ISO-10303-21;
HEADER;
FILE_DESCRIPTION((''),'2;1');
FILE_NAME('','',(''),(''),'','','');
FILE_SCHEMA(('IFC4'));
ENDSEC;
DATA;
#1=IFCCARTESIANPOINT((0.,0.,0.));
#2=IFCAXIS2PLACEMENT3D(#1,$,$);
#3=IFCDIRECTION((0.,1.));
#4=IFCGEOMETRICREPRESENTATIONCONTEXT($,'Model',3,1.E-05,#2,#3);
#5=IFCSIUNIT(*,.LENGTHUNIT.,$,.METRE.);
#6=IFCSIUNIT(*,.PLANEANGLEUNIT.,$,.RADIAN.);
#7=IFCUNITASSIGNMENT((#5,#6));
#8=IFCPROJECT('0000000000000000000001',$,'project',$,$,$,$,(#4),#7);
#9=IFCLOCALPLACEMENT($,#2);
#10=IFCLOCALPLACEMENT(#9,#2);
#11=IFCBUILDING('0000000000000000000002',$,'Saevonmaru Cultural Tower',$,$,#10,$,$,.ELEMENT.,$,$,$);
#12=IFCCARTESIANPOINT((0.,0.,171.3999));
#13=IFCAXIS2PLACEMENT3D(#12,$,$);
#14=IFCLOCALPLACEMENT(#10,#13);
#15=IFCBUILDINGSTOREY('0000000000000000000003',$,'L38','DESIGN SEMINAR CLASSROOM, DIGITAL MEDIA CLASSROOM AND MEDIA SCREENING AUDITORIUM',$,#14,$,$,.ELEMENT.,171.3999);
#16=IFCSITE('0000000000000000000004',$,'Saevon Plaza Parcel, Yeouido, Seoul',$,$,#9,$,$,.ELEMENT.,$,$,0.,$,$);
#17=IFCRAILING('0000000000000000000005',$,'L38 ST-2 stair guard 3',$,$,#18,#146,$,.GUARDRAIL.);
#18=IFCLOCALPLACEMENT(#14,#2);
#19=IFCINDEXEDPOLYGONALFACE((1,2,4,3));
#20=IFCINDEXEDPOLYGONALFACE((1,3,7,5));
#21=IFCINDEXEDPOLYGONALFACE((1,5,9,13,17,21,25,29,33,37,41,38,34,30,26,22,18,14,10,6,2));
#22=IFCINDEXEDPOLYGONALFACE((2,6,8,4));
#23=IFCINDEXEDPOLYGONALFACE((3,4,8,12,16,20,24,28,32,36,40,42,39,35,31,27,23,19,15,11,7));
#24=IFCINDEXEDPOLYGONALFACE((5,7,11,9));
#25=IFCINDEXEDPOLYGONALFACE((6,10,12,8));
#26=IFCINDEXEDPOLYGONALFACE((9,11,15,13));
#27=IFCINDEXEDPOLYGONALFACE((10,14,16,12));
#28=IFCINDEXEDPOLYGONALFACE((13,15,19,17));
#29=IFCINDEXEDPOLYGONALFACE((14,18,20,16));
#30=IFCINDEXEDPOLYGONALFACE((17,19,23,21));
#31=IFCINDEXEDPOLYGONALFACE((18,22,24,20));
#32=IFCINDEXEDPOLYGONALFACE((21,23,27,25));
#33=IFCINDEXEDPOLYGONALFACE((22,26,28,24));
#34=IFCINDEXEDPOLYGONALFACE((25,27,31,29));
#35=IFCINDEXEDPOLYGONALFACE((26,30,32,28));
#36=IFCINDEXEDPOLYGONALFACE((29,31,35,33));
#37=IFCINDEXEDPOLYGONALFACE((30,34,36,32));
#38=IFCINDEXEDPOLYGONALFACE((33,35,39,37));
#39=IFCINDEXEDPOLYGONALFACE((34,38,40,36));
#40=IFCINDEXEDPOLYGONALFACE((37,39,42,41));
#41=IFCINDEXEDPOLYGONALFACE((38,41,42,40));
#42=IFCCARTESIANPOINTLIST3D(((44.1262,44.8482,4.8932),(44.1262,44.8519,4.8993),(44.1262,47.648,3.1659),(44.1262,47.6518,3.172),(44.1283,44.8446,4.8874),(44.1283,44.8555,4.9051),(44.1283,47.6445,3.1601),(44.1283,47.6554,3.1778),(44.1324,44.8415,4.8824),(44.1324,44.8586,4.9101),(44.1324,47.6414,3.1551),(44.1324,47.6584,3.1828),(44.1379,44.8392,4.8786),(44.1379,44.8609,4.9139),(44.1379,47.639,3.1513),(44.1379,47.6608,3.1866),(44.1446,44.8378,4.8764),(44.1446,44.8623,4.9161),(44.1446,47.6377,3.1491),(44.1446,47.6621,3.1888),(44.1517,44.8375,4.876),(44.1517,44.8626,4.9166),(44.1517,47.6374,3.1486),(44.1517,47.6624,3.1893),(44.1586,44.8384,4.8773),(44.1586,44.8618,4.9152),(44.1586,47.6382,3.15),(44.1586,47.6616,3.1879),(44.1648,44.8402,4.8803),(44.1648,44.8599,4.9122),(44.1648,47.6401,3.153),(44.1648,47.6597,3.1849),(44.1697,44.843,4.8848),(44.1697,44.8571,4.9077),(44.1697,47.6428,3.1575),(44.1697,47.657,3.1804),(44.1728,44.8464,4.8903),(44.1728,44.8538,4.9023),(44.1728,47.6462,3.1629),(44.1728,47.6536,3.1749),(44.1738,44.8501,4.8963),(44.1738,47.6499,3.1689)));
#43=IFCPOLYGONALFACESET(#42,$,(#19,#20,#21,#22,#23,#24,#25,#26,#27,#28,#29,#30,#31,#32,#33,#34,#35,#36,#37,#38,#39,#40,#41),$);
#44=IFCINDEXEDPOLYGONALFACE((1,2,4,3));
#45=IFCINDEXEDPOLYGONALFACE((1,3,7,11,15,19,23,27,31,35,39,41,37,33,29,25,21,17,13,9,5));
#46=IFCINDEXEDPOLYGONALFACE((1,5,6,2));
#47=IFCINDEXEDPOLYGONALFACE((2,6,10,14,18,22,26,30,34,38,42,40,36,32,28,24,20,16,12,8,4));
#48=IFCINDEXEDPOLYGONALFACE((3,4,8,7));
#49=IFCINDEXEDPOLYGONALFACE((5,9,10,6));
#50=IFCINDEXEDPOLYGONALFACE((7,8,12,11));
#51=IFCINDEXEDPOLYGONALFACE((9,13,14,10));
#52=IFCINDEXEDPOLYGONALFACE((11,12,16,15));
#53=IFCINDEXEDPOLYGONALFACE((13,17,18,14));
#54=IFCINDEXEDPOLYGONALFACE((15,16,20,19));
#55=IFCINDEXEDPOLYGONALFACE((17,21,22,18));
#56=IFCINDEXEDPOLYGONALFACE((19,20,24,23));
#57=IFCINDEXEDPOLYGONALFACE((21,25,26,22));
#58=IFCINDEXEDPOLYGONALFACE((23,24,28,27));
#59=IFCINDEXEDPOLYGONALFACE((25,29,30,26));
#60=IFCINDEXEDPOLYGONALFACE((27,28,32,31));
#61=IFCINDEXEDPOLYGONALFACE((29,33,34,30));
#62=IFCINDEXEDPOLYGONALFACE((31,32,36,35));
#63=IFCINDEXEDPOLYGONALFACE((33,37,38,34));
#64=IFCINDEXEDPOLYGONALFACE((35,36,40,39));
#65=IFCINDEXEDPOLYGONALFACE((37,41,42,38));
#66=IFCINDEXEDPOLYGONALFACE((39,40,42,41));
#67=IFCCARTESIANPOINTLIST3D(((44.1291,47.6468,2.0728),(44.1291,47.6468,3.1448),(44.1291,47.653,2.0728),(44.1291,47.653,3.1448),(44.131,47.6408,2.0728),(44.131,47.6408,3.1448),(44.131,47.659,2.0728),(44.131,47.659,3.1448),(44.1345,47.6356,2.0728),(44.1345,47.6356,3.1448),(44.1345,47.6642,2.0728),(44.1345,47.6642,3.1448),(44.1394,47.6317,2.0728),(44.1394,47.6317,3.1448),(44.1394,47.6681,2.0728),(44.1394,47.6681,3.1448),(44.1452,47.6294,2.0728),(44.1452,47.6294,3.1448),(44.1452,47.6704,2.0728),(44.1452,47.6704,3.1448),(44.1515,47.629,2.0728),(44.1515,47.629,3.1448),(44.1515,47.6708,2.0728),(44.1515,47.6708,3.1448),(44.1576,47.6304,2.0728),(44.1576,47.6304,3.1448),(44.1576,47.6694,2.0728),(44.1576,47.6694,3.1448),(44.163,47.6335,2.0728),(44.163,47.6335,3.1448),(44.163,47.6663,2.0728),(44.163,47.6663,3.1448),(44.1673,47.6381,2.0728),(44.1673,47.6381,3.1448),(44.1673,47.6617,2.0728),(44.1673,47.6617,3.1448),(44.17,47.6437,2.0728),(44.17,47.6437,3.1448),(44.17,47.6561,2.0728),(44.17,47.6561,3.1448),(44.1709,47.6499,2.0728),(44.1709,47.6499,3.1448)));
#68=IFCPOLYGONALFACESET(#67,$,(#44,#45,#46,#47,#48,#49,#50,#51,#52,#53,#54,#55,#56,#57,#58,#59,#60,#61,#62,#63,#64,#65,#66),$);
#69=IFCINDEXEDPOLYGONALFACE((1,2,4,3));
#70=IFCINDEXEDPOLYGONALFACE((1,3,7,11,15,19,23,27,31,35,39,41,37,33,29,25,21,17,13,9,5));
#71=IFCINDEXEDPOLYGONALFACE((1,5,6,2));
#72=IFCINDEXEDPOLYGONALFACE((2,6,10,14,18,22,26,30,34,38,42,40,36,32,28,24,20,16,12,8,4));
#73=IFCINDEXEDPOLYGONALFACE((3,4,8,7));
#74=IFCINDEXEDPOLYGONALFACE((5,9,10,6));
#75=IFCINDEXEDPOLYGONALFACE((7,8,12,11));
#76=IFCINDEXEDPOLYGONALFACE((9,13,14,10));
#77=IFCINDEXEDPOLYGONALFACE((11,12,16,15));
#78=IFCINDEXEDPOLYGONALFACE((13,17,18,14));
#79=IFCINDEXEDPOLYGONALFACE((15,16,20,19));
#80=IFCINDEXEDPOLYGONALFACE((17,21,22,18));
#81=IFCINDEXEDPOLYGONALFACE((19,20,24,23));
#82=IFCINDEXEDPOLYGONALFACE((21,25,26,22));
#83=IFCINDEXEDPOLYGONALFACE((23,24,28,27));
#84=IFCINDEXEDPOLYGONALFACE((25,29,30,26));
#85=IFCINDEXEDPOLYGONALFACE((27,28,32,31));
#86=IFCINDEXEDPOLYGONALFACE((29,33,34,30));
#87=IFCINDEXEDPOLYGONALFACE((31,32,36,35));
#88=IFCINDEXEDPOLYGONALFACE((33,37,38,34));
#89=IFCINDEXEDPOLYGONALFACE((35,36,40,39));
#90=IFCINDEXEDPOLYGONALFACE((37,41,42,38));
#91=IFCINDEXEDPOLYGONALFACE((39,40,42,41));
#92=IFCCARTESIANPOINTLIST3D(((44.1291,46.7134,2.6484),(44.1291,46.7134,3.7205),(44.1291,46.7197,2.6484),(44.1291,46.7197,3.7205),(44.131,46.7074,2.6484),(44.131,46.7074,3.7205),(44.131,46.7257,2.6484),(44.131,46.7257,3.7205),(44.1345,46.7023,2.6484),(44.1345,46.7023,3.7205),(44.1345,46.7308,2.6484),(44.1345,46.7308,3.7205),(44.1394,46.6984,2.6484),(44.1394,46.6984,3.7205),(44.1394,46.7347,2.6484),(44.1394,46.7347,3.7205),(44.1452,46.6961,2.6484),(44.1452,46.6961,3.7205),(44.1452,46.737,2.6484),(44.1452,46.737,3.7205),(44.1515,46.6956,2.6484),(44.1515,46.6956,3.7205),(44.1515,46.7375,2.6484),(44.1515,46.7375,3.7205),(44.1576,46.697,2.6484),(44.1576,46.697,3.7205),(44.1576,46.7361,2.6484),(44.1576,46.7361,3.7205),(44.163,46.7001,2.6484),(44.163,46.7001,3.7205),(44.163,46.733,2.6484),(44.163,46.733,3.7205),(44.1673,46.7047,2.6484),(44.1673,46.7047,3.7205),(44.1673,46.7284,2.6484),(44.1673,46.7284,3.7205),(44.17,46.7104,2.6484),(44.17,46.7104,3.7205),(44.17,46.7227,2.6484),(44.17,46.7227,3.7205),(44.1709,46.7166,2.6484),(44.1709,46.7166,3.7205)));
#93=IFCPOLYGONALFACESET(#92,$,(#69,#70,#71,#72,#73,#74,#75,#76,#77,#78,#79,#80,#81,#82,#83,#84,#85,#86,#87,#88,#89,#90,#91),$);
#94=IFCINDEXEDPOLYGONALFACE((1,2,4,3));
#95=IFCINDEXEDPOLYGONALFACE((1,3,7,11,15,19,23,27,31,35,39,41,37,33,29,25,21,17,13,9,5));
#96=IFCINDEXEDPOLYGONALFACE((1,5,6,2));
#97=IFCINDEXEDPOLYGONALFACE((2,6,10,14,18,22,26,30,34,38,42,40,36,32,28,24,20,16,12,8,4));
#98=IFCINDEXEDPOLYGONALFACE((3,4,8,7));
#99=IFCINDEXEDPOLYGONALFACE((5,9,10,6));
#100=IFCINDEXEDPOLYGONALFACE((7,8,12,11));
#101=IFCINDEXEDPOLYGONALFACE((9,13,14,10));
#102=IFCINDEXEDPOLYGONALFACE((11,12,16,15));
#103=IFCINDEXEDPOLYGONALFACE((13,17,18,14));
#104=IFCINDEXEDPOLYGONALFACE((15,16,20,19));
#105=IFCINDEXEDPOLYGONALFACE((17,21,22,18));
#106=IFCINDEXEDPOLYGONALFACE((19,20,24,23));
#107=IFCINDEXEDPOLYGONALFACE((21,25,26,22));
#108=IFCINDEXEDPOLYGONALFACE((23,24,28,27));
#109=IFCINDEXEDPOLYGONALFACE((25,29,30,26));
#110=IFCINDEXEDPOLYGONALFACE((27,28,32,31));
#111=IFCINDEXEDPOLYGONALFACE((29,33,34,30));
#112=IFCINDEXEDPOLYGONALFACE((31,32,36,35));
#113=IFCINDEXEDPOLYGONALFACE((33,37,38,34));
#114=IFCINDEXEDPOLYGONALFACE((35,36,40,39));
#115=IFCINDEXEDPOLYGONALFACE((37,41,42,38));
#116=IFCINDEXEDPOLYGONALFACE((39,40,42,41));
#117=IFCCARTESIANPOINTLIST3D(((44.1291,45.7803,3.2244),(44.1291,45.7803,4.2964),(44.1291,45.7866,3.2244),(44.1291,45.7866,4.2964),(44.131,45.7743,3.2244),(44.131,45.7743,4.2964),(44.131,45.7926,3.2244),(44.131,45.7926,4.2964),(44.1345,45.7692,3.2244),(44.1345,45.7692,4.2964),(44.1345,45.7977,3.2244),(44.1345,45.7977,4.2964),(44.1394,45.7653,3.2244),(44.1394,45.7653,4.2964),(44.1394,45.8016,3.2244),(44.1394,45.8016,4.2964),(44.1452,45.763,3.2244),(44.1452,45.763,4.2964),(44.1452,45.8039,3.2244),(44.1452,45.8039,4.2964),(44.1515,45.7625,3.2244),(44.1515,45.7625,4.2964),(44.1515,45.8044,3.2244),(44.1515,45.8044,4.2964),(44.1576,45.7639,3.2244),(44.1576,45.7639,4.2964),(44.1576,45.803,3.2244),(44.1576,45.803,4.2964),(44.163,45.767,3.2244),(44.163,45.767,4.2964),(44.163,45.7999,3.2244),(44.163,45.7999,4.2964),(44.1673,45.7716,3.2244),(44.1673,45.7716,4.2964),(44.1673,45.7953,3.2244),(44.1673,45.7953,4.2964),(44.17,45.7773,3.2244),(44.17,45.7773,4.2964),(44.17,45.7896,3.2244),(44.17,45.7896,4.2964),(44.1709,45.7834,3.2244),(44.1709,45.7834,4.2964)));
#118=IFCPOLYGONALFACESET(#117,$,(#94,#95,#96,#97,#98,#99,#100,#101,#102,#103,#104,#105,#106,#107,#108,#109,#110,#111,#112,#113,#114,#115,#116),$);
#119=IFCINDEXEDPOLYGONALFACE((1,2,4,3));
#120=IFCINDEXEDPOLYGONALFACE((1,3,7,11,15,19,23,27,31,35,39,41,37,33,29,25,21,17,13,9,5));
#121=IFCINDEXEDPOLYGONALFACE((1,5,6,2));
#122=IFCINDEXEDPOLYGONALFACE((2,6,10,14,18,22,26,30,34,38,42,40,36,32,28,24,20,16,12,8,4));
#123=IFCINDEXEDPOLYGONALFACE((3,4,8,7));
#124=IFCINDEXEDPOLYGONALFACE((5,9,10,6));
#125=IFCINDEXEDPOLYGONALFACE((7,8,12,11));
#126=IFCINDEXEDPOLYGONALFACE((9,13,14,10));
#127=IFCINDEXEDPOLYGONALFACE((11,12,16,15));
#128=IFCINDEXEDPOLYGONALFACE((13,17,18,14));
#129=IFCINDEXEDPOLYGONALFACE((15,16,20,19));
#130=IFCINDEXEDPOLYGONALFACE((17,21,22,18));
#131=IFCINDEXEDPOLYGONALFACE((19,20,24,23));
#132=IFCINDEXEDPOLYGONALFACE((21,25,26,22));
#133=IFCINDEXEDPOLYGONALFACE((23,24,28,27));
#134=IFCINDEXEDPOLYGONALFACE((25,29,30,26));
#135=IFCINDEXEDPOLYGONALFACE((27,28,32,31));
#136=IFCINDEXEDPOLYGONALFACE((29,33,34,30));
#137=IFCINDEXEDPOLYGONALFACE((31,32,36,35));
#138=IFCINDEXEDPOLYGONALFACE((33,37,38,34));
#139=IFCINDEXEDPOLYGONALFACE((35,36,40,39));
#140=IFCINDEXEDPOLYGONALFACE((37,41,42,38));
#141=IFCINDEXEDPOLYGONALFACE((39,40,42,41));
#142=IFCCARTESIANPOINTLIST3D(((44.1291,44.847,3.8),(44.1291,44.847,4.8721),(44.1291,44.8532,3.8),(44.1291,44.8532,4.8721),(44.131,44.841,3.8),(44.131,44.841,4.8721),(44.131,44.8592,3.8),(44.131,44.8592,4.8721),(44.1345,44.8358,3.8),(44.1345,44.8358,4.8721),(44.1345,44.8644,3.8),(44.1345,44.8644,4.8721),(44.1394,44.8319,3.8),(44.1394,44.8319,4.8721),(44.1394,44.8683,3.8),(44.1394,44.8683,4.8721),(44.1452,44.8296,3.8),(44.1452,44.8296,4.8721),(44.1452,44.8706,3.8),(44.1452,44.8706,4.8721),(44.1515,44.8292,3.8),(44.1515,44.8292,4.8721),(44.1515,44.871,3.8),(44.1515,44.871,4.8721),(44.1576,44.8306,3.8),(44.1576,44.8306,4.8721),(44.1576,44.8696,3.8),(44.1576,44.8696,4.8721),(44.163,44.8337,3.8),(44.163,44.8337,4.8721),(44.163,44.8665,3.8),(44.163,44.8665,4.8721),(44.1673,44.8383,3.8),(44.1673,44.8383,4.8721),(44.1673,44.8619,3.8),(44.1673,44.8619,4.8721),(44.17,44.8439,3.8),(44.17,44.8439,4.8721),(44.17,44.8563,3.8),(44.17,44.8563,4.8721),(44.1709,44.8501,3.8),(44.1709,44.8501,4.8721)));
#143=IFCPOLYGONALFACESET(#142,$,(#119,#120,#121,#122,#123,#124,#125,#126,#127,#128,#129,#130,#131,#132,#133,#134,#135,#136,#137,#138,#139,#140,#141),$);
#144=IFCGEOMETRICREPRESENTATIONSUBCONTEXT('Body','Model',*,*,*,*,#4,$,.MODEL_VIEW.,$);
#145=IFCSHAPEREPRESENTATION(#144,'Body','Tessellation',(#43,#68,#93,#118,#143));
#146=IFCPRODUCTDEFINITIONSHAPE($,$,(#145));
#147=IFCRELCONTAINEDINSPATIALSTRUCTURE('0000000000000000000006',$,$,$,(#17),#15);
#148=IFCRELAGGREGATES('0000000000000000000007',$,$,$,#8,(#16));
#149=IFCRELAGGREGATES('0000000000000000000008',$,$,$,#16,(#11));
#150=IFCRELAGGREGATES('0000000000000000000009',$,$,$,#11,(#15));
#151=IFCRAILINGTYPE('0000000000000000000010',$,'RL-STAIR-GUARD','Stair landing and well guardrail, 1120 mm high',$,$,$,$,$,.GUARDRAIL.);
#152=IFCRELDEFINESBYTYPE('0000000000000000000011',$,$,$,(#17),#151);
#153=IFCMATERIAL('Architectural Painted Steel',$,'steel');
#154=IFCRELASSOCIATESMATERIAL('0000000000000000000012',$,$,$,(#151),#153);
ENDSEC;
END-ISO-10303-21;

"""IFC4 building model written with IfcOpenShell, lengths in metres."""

from ifc_helpers import new_model, si_unit, direction, frame, origin, origin_2d, place, context, subcontext, project, spatial, circle, extrude, material, type_object, element, save


model = new_model("IFC4")

# Units and contexts
model_context = context("Model", 3, precision=1e-05, world=origin(), true_north=direction((0.0, 1.0)))
body_context = subcontext(model_context, "Body", "Model", "MODEL_VIEW")
ifc_project = project(units=[si_unit("LENGTHUNIT", "METRE"), si_unit("PLANEANGLEUNIT", "RADIAN")], contexts=[model_context])

# Site, building, storey
site_placement = place(None, origin())
site = spatial("IfcSite", under=ifc_project, at=site_placement, Name="Saevon Plaza Parcel, Yeouido, Seoul", CompositionType="ELEMENT", RefElevation=0.0)
building_placement = place(site_placement, origin())
building = spatial("IfcBuilding", under=site, at=building_placement, Name="Saevonmaru Cultural Tower", CompositionType="ELEMENT")
storey_placement = place(building_placement, frame((0.0, 0.0, 171.3999)))
storey = spatial("IfcBuildingStorey", under=building, at=storey_placement, Name="L38", Description="DESIGN SEMINAR CLASSROOM, DIGITAL MEDIA CLASSROOM AND MEDIA SCREENING AUDITORIUM", CompositionType="ELEMENT", Elevation=171.3999)

# Railing
ifc_material_1 = material(Name="Architectural Painted Steel", Category="steel")
railing_type_1 = type_object("IfcRailingType", Name="RL-STAIR-GUARD", Description="Stair landing and well guardrail, 1120 mm high", PredefinedType="GUARDRAIL", material=ifc_material_1)
railing_1_placement = place(storey_placement, frame((44.1499, 47.6499, 2.0728)))
element("IfcRailing", 1, at=railing_1_placement, inside=storey, type_object=railing_type_1, Name="L38 ST-2 stair guard 3", PredefinedType="GUARDRAIL", context=body_context, shape_type="SweptSolid", body=[
    extrude(circle(Radius=0.0239, at=origin_2d()), frame((0.0, 0.0, 1.0962), z_axis=(0.0, -0.851069, 0.525054), x_axis=(1.0, 0.0, 0.0)), (0.0, 0.0, 1.0), 3.2898),
    extrude(circle(Radius=0.021, at=origin_2d()), origin(), (0.0, 0.0, 1.0), 1.072),
    extrude(circle(Radius=0.021, at=origin_2d()), frame((0.0, -0.9333, 0.5757)), (0.0, 0.0, 1.0), 1.072),
    extrude(circle(Radius=0.021, at=origin_2d()), frame((0.0, -1.8665, 1.1516)), (0.0, 0.0, 1.0), 1.072),
    extrude(circle(Radius=0.021, at=origin_2d()), frame((0.0, -2.7998, 1.7273)), (0.0, 0.0, 1.0), 1.072),
])

save(model, "model.ifc")
